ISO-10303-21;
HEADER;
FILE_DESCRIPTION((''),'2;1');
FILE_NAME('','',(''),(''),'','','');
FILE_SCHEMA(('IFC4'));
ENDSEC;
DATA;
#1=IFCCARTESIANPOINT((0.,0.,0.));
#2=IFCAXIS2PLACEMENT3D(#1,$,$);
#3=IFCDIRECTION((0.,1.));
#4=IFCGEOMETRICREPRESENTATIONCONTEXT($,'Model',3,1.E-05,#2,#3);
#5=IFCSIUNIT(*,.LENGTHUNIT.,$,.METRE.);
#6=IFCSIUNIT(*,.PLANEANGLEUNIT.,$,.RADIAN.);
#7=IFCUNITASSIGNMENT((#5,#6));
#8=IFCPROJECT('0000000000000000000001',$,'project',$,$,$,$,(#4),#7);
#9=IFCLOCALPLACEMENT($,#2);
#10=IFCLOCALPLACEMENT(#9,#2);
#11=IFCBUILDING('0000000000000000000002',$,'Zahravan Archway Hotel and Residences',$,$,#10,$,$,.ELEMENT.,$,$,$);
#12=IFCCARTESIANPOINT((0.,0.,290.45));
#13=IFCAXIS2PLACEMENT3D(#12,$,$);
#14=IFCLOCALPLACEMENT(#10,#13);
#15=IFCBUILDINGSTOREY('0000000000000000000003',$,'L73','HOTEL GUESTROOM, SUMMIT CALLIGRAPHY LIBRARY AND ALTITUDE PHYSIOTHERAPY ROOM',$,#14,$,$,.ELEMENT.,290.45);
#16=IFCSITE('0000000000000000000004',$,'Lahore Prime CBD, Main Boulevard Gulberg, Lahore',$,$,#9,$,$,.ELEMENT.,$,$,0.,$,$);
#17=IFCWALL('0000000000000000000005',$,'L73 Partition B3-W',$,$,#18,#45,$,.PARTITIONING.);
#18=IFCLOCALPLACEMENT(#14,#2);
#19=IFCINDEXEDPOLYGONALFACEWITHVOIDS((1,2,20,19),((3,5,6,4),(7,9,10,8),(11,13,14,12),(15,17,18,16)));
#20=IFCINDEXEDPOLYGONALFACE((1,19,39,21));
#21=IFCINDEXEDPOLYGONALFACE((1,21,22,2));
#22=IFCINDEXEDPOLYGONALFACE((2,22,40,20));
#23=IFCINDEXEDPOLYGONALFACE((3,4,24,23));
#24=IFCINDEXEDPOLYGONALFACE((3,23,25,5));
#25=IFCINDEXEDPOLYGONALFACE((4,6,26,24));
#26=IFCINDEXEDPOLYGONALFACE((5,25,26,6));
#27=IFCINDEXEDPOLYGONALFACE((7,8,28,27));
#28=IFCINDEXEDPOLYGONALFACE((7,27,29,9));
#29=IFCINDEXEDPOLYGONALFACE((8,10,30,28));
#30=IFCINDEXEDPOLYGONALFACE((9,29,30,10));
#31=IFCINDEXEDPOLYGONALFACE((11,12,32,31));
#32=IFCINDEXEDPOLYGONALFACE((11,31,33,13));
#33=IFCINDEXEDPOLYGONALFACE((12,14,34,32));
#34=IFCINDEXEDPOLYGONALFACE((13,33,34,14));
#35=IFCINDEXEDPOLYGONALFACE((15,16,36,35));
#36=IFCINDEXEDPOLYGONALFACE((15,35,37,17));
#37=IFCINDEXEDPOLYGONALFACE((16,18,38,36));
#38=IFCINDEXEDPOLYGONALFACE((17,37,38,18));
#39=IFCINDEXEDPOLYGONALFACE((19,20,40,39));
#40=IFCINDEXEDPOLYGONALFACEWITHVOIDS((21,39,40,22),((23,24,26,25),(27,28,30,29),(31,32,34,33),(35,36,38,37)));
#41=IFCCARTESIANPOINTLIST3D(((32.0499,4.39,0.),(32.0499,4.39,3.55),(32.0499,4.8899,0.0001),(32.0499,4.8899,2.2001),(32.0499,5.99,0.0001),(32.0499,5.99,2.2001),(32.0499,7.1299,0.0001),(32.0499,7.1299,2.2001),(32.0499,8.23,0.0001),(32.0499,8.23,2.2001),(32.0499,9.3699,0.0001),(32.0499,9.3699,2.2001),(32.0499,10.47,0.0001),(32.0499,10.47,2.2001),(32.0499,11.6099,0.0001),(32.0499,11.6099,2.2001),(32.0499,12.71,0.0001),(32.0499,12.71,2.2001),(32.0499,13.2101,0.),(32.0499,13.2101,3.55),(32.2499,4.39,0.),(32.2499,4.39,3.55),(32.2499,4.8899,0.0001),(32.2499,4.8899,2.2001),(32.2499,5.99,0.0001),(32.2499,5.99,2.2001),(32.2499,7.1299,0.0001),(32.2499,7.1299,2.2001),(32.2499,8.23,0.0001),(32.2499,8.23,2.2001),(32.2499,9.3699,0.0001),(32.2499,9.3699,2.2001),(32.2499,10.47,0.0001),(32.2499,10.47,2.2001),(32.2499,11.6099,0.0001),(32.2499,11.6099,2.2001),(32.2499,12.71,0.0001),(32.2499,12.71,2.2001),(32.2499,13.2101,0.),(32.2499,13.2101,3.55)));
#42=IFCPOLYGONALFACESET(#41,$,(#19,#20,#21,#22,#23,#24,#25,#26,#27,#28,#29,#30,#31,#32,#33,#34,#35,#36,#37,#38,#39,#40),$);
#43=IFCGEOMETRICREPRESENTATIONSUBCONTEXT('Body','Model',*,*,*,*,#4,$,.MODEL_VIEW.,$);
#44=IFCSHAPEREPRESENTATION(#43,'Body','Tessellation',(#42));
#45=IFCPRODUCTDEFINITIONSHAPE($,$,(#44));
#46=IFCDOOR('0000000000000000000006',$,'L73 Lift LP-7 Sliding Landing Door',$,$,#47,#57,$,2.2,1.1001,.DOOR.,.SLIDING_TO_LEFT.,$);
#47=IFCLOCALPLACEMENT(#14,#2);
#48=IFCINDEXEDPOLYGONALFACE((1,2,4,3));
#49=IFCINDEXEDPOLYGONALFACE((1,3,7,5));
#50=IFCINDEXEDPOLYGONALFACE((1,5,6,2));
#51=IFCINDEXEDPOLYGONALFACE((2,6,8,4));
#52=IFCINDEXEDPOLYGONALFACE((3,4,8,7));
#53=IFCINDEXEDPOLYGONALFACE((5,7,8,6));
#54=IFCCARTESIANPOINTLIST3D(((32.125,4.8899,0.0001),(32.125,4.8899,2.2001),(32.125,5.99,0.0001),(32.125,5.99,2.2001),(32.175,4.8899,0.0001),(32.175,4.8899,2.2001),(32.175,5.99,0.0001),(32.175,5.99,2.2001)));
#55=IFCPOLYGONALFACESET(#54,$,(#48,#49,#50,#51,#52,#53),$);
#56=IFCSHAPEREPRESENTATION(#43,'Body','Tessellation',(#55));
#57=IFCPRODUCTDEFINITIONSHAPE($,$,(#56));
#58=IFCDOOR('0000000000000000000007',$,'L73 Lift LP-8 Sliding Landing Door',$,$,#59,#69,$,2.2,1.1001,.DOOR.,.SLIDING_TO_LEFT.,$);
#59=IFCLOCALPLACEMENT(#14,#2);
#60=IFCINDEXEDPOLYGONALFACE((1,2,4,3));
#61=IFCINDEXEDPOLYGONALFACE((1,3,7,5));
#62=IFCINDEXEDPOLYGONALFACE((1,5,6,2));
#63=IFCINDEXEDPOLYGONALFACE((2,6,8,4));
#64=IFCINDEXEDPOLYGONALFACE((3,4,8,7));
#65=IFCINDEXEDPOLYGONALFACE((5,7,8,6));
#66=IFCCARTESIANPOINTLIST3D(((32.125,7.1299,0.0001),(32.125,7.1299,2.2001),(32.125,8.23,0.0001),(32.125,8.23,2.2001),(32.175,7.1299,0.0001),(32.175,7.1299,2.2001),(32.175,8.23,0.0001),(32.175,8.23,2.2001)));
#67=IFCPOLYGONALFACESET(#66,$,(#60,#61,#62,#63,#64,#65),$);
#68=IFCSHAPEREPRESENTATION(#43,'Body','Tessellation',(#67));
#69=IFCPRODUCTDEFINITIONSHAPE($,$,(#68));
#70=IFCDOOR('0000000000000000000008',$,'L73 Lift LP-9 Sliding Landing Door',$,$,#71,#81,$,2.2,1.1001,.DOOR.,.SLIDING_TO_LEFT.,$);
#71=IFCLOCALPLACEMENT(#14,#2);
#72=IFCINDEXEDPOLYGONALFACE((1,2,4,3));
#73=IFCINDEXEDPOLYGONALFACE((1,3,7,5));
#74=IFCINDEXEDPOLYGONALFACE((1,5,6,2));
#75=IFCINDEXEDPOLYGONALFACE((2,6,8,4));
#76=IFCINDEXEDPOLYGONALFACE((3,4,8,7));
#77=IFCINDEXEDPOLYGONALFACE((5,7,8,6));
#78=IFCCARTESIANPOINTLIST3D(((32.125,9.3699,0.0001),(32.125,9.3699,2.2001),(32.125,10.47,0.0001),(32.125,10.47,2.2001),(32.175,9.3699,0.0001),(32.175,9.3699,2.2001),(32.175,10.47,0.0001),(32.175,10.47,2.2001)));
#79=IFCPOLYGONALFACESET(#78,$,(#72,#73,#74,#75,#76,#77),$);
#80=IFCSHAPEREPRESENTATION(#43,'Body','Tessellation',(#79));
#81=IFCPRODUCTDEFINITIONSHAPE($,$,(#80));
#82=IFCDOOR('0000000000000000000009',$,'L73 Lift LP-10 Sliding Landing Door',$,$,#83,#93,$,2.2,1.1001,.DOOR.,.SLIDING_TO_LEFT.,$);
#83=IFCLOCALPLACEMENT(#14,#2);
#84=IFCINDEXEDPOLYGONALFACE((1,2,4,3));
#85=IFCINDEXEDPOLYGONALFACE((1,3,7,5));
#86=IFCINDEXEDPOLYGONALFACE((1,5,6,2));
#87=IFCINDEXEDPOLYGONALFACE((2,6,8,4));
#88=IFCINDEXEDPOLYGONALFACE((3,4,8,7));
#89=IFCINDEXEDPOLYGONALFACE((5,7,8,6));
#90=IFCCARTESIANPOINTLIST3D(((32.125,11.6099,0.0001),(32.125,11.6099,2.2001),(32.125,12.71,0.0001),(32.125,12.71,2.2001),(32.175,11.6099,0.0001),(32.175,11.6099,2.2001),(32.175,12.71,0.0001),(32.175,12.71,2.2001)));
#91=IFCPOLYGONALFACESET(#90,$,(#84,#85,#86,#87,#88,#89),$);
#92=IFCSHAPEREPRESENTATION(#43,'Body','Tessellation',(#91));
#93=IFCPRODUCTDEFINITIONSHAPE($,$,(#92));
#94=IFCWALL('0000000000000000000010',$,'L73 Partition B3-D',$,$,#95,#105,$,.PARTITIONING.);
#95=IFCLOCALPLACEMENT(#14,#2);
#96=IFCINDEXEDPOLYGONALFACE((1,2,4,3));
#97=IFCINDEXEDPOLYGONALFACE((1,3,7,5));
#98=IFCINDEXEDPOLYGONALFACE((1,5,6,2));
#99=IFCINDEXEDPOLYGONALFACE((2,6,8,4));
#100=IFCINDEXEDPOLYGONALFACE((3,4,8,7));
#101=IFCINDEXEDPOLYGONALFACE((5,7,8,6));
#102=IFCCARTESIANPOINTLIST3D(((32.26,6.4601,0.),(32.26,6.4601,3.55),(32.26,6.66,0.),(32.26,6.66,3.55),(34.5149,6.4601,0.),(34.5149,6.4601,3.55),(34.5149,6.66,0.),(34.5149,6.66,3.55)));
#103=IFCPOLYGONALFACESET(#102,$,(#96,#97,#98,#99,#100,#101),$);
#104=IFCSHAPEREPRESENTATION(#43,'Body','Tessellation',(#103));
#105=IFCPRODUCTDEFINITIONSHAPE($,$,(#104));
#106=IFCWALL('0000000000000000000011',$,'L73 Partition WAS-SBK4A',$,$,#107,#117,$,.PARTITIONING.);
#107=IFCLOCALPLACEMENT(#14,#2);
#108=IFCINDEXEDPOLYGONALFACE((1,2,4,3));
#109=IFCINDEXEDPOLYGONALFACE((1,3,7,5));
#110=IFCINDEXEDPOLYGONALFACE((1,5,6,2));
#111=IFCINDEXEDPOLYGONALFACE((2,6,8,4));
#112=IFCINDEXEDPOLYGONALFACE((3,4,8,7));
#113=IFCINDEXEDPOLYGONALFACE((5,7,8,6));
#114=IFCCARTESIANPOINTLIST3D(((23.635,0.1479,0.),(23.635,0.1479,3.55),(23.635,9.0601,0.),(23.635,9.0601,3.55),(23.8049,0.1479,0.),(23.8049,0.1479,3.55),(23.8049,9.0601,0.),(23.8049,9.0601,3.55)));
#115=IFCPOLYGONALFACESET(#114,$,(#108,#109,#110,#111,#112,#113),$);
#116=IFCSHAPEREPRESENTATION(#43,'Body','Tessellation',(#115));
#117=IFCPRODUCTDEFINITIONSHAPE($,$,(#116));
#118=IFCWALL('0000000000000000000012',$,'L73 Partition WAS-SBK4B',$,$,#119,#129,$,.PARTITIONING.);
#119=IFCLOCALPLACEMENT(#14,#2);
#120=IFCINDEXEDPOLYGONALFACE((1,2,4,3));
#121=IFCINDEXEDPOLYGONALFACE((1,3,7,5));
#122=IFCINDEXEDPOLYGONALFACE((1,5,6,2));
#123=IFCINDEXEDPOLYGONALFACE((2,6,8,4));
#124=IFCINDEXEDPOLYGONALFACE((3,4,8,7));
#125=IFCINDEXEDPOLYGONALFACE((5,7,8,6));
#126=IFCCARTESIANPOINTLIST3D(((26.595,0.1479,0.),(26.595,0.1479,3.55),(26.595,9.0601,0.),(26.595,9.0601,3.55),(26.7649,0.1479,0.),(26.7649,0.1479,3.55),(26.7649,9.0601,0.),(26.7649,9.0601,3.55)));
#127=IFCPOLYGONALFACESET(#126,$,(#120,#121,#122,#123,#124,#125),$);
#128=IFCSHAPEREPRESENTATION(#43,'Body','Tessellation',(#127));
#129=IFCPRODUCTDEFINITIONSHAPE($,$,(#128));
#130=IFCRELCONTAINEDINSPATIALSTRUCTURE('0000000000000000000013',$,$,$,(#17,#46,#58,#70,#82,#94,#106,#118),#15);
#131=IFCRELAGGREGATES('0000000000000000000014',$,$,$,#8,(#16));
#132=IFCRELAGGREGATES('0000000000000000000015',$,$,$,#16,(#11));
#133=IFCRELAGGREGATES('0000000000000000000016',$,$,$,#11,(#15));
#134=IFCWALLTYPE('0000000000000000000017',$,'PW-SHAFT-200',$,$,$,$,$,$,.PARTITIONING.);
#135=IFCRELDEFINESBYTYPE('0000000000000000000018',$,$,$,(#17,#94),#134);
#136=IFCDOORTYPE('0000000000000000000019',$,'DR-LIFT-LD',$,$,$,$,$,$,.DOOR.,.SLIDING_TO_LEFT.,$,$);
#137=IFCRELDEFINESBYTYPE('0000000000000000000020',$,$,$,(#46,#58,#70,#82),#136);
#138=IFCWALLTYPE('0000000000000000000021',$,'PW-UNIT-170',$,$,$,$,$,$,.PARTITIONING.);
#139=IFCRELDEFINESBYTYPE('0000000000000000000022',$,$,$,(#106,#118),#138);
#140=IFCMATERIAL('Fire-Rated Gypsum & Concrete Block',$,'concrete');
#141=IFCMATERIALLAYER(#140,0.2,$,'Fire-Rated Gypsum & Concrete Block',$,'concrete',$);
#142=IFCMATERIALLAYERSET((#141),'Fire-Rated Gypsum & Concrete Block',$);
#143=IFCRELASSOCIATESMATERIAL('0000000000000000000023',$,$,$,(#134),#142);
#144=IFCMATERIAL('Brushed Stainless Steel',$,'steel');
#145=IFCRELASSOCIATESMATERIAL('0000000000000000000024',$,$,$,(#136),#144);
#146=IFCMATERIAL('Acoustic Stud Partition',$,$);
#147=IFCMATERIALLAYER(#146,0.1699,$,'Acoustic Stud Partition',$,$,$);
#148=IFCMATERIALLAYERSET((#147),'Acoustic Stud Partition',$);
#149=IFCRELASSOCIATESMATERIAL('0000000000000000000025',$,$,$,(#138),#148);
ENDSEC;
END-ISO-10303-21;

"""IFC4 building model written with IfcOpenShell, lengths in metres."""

from ifc_helpers import new_model, si_unit, direction, frame, frame_2d, origin, place, context, subcontext, project, spatial, rectangle, extrude, source, transform, mapped, material, layer, layer_set, type_object, type_shapes, element, fill, save


model = new_model("IFC4")

# Units and contexts
model_context = context("Model", 3, precision=1e-05, world=origin(), true_north=direction((0.0, 1.0)))
body_context = subcontext(model_context, "Body", "Model", "MODEL_VIEW")
ifc_project = project(units=[si_unit("LENGTHUNIT", "METRE"), si_unit("PLANEANGLEUNIT", "RADIAN")], contexts=[model_context])

# Site, building, storey
site_placement = place(None, origin())
site = spatial("IfcSite", under=ifc_project, at=site_placement, Name="Lahore Prime CBD, Main Boulevard Gulberg, Lahore", CompositionType="ELEMENT", RefElevation=0.0)
building_placement = place(site_placement, origin())
building = spatial("IfcBuilding", under=site, at=building_placement, Name="Zahravan Archway Hotel and Residences", CompositionType="ELEMENT")
storey_placement = place(building_placement, frame((0.0, 0.0, 290.45)))
storey = spatial("IfcBuildingStorey", under=building, at=storey_placement, Name="L73", Description="HOTEL GUESTROOM, SUMMIT CALLIGRAPHY LIBRARY AND ALTITUDE PHYSIOTHERAPY ROOM", CompositionType="ELEMENT", Elevation=290.45)

# Shared definitions
ifc_material_1 = material(Name="Fire-Rated Gypsum & Concrete Block", Category="concrete")

# Shared definitions
ifc_layer_1 = layer(ifc_material_1, 0.2, Name="Fire-Rated Gypsum & Concrete Block", Category="concrete")
ifc_layer_set_1 = layer_set([ifc_layer_1], Name="Fire-Rated Gypsum & Concrete Block")
wall_type_1 = type_object("IfcWallType", Name="PW-SHAFT-200", PredefinedType="PARTITIONING", material=ifc_layer_set_1)

# Wall, openings, doors
wall_1_placement = place(storey_placement, frame((32.1499, 4.3899, 0.0), z_axis=(0.0, 0.0, 1.0), x_axis=(0.0, 1.0, 0.0)))
wall_1 = element("IfcWall", 1, at=wall_1_placement, inside=storey, type_object=wall_type_1, Name="L73 Partition B3-W", PredefinedType="PARTITIONING", context=body_context, shape_type="SweptSolid", body=[
    extrude(rectangle(XDim=8.8201, YDim=0.2, at=frame_2d((4.4102, 0.0))), origin(), (0.0, 0.0, 1.0), 3.55),
])
opening_1_placement = place(wall_1_placement, frame((0.5, 0.0, 0.0)))
opening_1 = element("IfcOpeningElement", 2, at=opening_1_placement, cuts=wall_1, PredefinedType="OPENING", context=body_context, shape_type="SweptSolid", body=[
    extrude(rectangle(XDim=1.1001, YDim=2.2, at=frame_2d((0.55, 1.1001))), frame((0.0, 0.1099, 0.0), z_axis=(0.0, -1.0, 0.0), x_axis=(1.0, 0.0, 0.0)), (0.0, 0.0, 1.0), 0.22),
])
opening_2_placement = place(wall_1_placement, frame((2.74, 0.0, 0.0)))
opening_2 = element("IfcOpeningElement", 3, at=opening_2_placement, cuts=wall_1, PredefinedType="OPENING", context=body_context, shape_type="SweptSolid", body=[
    extrude(rectangle(XDim=1.1001, YDim=2.2, at=frame_2d((0.55, 1.1001))), frame((0.0, 0.1099, 0.0), z_axis=(0.0, -1.0, 0.0), x_axis=(1.0, 0.0, 0.0)), (0.0, 0.0, 1.0), 0.22),
])
opening_3_placement = place(wall_1_placement, frame((4.98, 0.0, 0.0)))
opening_3 = element("IfcOpeningElement", 4, at=opening_3_placement, cuts=wall_1, PredefinedType="OPENING", context=body_context, shape_type="SweptSolid", body=[
    extrude(rectangle(XDim=1.1001, YDim=2.2, at=frame_2d((0.55, 1.1001))), frame((0.0, 0.1099, 0.0), z_axis=(0.0, -1.0, 0.0), x_axis=(1.0, 0.0, 0.0)), (0.0, 0.0, 1.0), 0.22),
])
opening_4_placement = place(wall_1_placement, frame((7.22, 0.0, 0.0)))
opening_4 = element("IfcOpeningElement", 5, at=opening_4_placement, cuts=wall_1, PredefinedType="OPENING", context=body_context, shape_type="SweptSolid", body=[
    extrude(rectangle(XDim=1.1001, YDim=2.2, at=frame_2d((0.55, 1.1001))), frame((0.0, 0.1099, 0.0), z_axis=(0.0, -1.0, 0.0), x_axis=(1.0, 0.0, 0.0)), (0.0, 0.0, 1.0), 0.22),
])
ifc_material_2 = material(Name="Brushed Stainless Steel", Category="steel")
door_type_1 = type_object("IfcDoorType", Name="DR-LIFT-LD", OperationType="SLIDING_TO_LEFT", PredefinedType="DOOR", material=ifc_material_2)
shared_shape_1 = source(origin(), body_context, "Body", "SweptSolid", [
    extrude(rectangle(XDim=1.1001, YDim=2.2, at=frame_2d((0.55, 1.1001))), frame((0.0, 0.0249, 0.0), z_axis=(0.0, -1.0, 0.0), x_axis=(1.0, 0.0, 0.0)), (0.0, 0.0, 1.0), 0.05),
])
type_shapes(door_type_1, [shared_shape_1])
door_1_placement = place(opening_1_placement, origin())
door_1 = element("IfcDoor", 6, at=door_1_placement, inside=storey, type_object=door_type_1, Name="L73 Lift LP-7 Sliding Landing Door", OperationType="SLIDING_TO_LEFT", OverallHeight=2.2, OverallWidth=1.1001, PredefinedType="DOOR", context=body_context, shape_type="MappedRepresentation", body=[
    mapped(shared_shape_1, transform((0.0, 0.0, 0.0), scale=1.0)),
])
fill(opening_1, door_1)
door_2_placement = place(opening_2_placement, origin())
door_2 = element("IfcDoor", 7, at=door_2_placement, inside=storey, type_object=door_type_1, Name="L73 Lift LP-8 Sliding Landing Door", OperationType="SLIDING_TO_LEFT", OverallHeight=2.2, OverallWidth=1.1001, PredefinedType="DOOR", context=body_context, shape_type="MappedRepresentation", body=[
    mapped(shared_shape_1, transform((0.0, 0.0, 0.0), scale=1.0)),
])
fill(opening_2, door_2)
door_3_placement = place(opening_3_placement, origin())
door_3 = element("IfcDoor", 8, at=door_3_placement, inside=storey, type_object=door_type_1, Name="L73 Lift LP-9 Sliding Landing Door", OperationType="SLIDING_TO_LEFT", OverallHeight=2.2, OverallWidth=1.1001, PredefinedType="DOOR", context=body_context, shape_type="MappedRepresentation", body=[
    mapped(shared_shape_1, transform((0.0, 0.0, 0.0), scale=1.0)),
])
fill(opening_3, door_3)
door_4_placement = place(opening_4_placement, origin())
door_4 = element("IfcDoor", 9, at=door_4_placement, inside=storey, type_object=door_type_1, Name="L73 Lift LP-10 Sliding Landing Door", OperationType="SLIDING_TO_LEFT", OverallHeight=2.2, OverallWidth=1.1001, PredefinedType="DOOR", context=body_context, shape_type="MappedRepresentation", body=[
    mapped(shared_shape_1, transform((0.0, 0.0, 0.0), scale=1.0)),
])
fill(opening_4, door_4)

# Walls
wall_2_placement = place(storey_placement, frame((32.26, 6.5601, 0.0), z_axis=(0.0, 0.0, 1.0), x_axis=(1.0, 0.0, 0.0)))
element("IfcWall", 10, at=wall_2_placement, inside=storey, type_object=wall_type_1, Name="L73 Partition B3-D", PredefinedType="PARTITIONING", context=body_context, shape_type="SweptSolid", body=[
    extrude(rectangle(XDim=2.2549, YDim=0.2, at=frame_2d((1.1274, 0.0))), origin(), (0.0, 0.0, 1.0), 3.55),
])
ifc_material_3 = material(Name="Acoustic Stud Partition")
ifc_layer_2 = layer(ifc_material_3, 0.1699, Name="Acoustic Stud Partition")
ifc_layer_set_2 = layer_set([ifc_layer_2], Name="Acoustic Stud Partition")
wall_type_2 = type_object("IfcWallType", Name="PW-UNIT-170", PredefinedType="PARTITIONING", material=ifc_layer_set_2)
for number, where, z_axis, x_axis, name in (
    (11, (23.72, 0.1479, 0.0), (0.0, 0.0, 1.0), (0.0, 1.0, 0.0), "L73 Partition WAS-SBK4A"),
    (12, (26.6799, 0.1479, 0.0), (0.0, 0.0, 1.0), (0.0, 1.0, 0.0), "L73 Partition WAS-SBK4B"),
):
    element("IfcWall", number, at=place(storey_placement, frame(where, z_axis=z_axis, x_axis=x_axis)), inside=storey, type_object=wall_type_2, Name=name, PredefinedType="PARTITIONING", context=body_context, shape_type="SweptSolid", body=[
        extrude(rectangle(XDim=8.9121, YDim=0.1699, at=frame_2d((4.4561, 0.0))), origin(), (0.0, 0.0, 1.0), 3.55),
    ])

save(model, "model.ifc")
